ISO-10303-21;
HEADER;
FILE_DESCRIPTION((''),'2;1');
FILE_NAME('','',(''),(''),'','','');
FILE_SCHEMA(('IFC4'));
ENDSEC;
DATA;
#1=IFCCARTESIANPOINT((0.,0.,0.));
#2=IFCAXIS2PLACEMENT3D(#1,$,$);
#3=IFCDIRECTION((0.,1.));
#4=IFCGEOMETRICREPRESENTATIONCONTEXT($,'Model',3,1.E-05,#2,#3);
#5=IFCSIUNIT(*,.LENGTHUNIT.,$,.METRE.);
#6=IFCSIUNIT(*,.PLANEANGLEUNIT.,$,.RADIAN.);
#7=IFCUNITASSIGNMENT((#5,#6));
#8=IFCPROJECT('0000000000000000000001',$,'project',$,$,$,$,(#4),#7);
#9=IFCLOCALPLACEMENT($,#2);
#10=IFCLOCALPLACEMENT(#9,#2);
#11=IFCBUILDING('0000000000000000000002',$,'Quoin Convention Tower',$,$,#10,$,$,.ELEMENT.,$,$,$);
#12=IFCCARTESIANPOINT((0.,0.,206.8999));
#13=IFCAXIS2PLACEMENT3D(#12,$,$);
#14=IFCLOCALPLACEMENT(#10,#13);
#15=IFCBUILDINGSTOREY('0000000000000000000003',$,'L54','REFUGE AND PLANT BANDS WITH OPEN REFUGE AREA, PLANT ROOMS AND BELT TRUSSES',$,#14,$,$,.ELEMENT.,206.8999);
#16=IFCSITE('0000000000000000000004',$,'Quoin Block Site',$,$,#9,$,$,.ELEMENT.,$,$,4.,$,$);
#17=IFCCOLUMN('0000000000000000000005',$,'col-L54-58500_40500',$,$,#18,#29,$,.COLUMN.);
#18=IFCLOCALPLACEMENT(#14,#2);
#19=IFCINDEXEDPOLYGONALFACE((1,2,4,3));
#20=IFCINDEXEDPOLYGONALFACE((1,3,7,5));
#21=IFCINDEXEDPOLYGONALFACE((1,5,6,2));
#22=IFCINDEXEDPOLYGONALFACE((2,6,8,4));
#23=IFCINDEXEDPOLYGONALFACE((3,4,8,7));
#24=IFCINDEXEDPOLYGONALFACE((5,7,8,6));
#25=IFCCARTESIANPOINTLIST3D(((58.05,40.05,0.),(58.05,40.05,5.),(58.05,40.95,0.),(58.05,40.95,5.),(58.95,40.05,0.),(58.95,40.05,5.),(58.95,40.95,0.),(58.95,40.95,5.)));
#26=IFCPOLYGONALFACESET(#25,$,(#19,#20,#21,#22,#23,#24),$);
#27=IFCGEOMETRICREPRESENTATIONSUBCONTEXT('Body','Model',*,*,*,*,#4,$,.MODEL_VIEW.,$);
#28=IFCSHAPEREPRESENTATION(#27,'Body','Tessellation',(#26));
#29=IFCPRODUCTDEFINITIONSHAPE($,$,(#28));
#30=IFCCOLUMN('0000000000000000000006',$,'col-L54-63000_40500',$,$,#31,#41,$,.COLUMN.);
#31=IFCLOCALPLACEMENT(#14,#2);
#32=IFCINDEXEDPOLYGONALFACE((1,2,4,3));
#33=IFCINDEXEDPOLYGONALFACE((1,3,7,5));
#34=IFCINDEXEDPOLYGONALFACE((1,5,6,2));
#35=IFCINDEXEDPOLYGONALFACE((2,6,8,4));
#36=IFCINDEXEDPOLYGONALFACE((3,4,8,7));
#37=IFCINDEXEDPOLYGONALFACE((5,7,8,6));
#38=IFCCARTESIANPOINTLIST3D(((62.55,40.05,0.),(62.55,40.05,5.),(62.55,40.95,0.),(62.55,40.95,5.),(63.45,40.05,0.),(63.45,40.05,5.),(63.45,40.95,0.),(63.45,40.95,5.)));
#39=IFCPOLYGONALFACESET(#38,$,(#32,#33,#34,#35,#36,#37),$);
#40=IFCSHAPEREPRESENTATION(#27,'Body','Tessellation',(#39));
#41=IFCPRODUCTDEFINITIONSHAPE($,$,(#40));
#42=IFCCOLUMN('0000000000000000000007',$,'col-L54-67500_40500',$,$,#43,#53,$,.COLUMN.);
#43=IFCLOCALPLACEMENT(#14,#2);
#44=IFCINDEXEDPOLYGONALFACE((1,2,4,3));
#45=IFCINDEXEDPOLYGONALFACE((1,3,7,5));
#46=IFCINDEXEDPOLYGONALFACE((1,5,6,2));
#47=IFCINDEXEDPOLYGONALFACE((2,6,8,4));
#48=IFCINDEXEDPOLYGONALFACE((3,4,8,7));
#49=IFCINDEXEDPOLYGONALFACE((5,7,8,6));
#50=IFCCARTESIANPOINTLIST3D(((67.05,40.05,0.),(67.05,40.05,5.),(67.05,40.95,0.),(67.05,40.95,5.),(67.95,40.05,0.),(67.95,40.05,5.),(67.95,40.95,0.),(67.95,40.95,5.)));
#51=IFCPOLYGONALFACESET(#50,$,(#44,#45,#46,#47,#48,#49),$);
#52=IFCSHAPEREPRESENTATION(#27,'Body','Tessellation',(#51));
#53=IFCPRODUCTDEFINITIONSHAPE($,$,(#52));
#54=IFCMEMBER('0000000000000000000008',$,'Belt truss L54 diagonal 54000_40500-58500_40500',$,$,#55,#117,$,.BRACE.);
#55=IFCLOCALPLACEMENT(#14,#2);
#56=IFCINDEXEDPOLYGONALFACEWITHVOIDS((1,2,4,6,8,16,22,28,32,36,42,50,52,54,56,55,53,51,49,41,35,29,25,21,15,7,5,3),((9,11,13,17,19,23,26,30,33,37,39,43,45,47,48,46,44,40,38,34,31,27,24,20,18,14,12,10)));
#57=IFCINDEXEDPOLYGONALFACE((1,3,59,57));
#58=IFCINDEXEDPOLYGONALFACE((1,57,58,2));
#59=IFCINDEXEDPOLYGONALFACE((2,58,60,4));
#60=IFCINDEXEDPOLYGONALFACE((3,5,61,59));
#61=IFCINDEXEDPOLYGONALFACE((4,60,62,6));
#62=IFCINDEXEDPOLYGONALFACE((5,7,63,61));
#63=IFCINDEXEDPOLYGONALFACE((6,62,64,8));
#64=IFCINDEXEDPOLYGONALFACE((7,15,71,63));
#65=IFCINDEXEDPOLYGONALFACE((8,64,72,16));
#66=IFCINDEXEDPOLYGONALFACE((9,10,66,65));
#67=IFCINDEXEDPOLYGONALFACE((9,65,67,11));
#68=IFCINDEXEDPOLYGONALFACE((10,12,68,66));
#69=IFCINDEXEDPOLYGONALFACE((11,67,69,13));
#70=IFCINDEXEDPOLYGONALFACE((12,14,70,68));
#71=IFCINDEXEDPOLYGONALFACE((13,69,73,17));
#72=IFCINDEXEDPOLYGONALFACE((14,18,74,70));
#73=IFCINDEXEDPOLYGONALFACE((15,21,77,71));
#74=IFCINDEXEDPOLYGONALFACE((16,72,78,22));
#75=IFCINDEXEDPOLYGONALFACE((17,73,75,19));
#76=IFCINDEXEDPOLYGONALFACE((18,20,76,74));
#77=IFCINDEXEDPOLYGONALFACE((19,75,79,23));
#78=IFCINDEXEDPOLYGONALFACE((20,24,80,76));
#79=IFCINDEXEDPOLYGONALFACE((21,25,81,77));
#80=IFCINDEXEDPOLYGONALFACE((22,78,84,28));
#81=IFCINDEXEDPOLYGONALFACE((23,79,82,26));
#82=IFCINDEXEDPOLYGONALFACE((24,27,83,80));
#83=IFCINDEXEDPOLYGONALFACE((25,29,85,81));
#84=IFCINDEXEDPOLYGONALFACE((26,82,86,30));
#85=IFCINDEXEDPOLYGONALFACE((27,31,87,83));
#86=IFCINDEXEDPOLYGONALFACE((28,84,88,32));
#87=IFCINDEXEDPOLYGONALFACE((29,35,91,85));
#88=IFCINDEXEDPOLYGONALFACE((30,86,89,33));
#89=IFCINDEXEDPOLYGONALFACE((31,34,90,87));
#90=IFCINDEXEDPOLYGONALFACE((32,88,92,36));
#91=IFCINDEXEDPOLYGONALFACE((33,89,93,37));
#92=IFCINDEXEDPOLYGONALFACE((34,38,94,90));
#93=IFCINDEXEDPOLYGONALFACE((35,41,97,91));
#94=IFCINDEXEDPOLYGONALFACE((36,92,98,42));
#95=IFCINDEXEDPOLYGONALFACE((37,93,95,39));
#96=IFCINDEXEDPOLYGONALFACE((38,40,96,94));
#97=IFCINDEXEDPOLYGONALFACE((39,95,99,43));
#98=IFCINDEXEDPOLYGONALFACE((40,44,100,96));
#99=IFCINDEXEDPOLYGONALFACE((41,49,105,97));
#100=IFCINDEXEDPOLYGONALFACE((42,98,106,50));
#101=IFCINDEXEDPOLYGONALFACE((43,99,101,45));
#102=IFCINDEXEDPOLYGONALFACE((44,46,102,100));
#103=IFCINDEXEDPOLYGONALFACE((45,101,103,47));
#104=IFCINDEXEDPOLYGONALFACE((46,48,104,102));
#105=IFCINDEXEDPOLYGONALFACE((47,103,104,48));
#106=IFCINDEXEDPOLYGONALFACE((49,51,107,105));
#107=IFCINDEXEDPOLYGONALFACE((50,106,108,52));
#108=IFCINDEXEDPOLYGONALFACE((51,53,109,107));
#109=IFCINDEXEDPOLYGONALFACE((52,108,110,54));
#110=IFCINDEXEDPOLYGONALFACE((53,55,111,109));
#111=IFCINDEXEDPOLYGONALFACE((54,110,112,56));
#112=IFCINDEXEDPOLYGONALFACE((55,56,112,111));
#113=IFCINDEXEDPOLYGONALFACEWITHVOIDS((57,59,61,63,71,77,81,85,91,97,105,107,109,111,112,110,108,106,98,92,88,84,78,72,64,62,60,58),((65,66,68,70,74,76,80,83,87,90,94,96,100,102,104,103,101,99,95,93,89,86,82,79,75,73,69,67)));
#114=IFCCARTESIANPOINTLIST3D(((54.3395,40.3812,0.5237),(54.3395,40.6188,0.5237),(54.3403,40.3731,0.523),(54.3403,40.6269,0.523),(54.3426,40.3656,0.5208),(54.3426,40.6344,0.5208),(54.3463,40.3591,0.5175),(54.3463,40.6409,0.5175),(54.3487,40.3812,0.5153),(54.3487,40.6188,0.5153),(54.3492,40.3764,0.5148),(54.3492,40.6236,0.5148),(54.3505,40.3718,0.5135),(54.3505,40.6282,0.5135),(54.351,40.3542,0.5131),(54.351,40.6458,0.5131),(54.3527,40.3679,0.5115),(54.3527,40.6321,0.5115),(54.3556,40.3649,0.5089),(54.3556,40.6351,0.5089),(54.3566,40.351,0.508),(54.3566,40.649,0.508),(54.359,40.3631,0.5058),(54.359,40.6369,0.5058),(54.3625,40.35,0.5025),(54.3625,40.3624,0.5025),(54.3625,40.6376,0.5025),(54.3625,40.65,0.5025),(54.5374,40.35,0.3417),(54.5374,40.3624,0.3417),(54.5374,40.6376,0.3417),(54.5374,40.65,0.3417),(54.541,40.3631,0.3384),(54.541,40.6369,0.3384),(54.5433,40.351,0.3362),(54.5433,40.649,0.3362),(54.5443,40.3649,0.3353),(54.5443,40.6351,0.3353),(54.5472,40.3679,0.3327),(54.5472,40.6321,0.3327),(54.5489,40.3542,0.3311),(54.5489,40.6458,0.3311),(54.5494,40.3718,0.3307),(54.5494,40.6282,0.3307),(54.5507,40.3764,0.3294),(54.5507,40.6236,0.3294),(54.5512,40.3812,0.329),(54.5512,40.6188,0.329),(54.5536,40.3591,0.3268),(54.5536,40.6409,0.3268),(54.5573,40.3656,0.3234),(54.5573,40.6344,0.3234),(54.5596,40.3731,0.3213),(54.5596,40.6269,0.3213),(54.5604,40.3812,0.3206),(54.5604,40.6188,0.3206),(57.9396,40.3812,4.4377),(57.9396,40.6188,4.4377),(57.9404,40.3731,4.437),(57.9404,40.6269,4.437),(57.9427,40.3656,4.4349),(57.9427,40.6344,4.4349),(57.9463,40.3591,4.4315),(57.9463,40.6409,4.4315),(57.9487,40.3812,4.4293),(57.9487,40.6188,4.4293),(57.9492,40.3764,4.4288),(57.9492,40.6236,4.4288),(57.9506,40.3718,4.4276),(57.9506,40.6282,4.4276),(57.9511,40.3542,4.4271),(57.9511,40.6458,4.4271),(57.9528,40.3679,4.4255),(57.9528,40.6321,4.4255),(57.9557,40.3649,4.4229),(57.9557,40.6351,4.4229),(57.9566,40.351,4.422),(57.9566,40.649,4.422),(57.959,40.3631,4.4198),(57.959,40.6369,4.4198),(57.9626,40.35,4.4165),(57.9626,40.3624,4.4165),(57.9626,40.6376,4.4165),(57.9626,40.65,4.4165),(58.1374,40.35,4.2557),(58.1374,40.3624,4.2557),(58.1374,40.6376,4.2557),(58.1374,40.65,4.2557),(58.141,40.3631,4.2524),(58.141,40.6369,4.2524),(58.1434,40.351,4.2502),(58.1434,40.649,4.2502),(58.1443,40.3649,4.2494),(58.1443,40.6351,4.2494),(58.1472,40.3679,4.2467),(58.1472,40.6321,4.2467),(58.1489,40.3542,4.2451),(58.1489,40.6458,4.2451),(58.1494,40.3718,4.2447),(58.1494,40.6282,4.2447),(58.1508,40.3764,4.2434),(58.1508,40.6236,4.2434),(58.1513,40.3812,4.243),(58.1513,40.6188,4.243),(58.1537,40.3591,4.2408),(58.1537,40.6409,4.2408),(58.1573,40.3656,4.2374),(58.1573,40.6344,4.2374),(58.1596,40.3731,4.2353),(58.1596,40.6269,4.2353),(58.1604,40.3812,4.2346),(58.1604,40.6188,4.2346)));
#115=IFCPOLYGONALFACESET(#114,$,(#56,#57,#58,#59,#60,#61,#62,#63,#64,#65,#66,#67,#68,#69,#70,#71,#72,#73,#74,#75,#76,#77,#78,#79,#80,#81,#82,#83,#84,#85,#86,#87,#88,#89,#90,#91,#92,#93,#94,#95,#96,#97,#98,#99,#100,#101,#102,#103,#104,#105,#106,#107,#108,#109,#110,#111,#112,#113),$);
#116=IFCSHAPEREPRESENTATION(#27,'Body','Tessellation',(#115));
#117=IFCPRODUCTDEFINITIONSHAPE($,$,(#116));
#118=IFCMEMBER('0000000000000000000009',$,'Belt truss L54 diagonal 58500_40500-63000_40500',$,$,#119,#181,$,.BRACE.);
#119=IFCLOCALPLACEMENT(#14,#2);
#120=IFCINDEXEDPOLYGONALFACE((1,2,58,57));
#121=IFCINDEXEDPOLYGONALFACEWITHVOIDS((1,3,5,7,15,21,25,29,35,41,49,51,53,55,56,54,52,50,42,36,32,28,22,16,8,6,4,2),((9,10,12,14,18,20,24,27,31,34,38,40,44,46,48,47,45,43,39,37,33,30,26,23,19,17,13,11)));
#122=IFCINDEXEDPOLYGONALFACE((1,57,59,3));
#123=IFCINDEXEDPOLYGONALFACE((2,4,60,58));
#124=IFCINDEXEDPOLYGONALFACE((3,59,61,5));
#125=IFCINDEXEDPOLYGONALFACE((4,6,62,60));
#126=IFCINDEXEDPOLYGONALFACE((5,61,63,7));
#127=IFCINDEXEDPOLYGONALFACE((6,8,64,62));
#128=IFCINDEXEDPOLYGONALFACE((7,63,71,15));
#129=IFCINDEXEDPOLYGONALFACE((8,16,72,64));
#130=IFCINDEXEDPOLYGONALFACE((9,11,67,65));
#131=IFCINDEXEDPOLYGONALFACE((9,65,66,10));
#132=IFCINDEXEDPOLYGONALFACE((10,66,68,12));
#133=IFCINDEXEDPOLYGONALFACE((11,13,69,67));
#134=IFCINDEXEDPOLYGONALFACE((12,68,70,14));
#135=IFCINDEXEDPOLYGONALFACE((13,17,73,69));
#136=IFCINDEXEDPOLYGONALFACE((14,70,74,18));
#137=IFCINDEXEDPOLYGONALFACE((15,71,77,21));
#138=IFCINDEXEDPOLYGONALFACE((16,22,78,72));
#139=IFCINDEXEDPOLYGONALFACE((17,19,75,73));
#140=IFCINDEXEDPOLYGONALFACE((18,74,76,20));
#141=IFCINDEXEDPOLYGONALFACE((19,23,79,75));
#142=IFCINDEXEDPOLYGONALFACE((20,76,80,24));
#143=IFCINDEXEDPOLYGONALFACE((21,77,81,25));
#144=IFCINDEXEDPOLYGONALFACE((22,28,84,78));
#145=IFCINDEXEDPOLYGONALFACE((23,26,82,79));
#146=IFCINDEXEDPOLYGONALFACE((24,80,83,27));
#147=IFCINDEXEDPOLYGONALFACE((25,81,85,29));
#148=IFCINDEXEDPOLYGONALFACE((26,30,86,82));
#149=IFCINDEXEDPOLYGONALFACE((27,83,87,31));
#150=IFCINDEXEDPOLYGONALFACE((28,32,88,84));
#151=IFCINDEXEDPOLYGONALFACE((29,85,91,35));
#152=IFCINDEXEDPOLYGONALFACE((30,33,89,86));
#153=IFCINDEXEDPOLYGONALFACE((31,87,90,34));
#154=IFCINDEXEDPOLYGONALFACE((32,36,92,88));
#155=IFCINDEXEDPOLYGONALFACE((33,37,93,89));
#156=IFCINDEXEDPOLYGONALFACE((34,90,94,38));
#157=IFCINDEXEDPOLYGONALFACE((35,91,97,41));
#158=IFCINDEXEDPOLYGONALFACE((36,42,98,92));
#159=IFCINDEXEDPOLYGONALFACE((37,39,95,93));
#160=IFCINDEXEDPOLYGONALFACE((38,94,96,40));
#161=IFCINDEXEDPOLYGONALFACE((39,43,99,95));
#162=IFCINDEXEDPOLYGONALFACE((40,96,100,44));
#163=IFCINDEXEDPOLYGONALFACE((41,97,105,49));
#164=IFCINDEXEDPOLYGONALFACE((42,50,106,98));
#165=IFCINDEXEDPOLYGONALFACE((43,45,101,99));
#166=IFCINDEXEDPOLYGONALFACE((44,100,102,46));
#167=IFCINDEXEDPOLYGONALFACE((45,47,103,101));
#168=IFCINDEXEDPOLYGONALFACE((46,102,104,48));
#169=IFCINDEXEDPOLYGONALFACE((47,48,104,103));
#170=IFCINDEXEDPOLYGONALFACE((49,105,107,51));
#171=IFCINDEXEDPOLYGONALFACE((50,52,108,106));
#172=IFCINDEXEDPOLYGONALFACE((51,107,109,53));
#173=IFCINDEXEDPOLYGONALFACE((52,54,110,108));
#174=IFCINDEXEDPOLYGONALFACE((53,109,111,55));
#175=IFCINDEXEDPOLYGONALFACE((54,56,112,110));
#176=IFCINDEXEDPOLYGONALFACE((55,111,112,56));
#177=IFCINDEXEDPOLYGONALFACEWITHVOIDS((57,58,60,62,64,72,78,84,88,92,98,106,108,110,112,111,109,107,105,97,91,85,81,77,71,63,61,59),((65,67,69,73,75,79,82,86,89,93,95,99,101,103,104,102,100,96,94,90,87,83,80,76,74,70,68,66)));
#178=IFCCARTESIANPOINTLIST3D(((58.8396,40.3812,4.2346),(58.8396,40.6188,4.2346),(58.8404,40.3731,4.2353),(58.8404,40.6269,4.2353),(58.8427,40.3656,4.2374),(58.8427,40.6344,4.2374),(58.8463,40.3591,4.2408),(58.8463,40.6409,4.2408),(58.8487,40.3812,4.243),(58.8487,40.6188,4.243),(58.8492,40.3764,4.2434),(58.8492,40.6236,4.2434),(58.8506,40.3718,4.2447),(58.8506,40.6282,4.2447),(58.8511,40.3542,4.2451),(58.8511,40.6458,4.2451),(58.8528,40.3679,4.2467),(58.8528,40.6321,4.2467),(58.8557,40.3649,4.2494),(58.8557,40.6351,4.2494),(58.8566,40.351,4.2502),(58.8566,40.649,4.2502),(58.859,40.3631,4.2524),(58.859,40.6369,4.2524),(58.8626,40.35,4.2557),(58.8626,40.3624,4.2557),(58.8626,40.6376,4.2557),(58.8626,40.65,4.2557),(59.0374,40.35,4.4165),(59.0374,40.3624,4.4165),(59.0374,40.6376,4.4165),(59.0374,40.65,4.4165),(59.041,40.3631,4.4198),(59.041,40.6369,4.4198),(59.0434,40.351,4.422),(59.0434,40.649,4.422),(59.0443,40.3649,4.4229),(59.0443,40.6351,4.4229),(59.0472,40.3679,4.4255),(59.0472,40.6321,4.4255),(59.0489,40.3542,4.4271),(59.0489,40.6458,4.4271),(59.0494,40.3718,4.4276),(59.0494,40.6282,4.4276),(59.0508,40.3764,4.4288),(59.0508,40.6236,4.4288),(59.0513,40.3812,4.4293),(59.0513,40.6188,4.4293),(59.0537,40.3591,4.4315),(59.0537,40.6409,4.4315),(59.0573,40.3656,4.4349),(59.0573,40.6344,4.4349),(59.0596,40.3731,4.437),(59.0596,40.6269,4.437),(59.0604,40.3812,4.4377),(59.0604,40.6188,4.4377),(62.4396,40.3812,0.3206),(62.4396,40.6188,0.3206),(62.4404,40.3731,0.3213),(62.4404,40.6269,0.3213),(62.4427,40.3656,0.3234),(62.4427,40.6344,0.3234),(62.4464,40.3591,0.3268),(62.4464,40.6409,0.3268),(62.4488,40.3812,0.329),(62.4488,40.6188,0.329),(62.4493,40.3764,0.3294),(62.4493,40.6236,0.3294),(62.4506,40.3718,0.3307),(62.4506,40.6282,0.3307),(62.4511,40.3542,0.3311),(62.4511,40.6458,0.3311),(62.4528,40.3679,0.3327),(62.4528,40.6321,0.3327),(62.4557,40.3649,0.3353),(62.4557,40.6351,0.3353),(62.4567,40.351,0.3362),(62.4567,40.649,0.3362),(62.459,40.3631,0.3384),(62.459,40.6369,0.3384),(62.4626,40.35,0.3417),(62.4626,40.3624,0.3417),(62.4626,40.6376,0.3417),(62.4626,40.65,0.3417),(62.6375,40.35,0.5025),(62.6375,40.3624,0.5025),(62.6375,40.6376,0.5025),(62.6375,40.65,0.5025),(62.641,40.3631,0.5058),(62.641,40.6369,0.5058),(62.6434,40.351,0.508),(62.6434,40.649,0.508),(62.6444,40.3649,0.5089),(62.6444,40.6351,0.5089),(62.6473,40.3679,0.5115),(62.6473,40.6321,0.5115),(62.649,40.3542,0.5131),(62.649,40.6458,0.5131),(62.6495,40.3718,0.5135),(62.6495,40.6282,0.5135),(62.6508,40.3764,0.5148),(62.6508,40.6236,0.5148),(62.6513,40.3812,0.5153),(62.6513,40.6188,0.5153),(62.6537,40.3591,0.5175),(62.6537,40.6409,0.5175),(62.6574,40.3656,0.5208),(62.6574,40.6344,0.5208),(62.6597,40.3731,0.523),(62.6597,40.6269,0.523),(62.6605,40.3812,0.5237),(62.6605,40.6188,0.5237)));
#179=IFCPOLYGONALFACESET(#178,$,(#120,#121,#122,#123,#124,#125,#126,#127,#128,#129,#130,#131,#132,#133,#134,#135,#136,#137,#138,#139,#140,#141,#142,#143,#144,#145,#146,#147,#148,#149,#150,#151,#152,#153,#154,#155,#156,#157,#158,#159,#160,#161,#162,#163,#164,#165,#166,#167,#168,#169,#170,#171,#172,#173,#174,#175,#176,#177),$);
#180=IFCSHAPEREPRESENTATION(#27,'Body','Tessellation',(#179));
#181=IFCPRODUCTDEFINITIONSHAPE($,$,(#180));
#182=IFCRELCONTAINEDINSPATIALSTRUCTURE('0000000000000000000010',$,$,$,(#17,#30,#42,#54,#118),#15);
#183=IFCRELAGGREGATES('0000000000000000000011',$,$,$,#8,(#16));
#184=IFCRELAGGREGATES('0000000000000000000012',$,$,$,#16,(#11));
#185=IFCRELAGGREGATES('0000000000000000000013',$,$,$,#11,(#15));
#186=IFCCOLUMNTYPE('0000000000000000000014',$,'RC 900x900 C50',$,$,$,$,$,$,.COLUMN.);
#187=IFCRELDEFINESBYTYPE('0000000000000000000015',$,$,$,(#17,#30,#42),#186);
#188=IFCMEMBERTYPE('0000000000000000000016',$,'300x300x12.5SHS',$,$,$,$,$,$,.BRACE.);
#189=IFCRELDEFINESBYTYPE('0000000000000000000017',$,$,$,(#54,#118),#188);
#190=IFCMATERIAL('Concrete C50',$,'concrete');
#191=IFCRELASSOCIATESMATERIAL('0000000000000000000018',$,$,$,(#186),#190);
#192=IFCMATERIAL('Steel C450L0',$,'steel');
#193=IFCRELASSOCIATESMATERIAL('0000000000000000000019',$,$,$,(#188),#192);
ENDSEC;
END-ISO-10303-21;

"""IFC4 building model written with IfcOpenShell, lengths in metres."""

from ifc_helpers import new_model, si_unit, direction, frame, origin, origin_2d, place, context, subcontext, project, spatial, rectangle, hollow_rectangle, extrude, material, material_profile, profile_set, type_object, element, save


model = new_model("IFC4")

# Units and contexts
model_context = context("Model", 3, precision=1e-05, world=origin(), true_north=direction((0.0, 1.0)))
body_context = subcontext(model_context, "Body", "Model", "MODEL_VIEW")
ifc_project = project(units=[si_unit("LENGTHUNIT", "METRE"), si_unit("PLANEANGLEUNIT", "RADIAN")], contexts=[model_context])

# Site, building, storey
site_placement = place(None, origin())
site = spatial("IfcSite", under=ifc_project, at=site_placement, Name="Quoin Block Site", CompositionType="ELEMENT", RefElevation=4.0)
building_placement = place(site_placement, origin())
building = spatial("IfcBuilding", under=site, at=building_placement, Name="Quoin Convention Tower", CompositionType="ELEMENT")
storey_placement = place(building_placement, frame((0.0, 0.0, 206.8999)))
storey = spatial("IfcBuildingStorey", under=building, at=storey_placement, Name="L54", Description="REFUGE AND PLANT BANDS WITH OPEN REFUGE AREA, PLANT ROOMS AND BELT TRUSSES", CompositionType="ELEMENT", Elevation=206.8999)

# Columns
ifc_material_1 = material(Name="Concrete C50", Category="concrete")
ifc_material_profile_1 = material_profile(ifc_material_1, rectangle(XDim=0.8999, YDim=0.8999, at=origin_2d()), Name="RC 900x900")
ifc_profile_set_1 = profile_set([ifc_material_profile_1], Name="Concrete C50")
column_type = type_object("IfcColumnType", Name="RC 900x900 C50", PredefinedType="COLUMN", material=ifc_profile_set_1)
for number, where, z_axis, x_axis, name in (
    (1, (58.5, 40.5, 0.0), (0.0, 0.0, 1.0), (1.0, 0.0, 0.0), "col-L54-58500_40500"),
    (2, (63.0, 40.5, 0.0), (0.0, 0.0, 1.0), (1.0, 0.0, 0.0), "col-L54-63000_40500"),
    (3, (67.5, 40.5, 0.0), (0.0, 0.0, 1.0), (1.0, 0.0, 0.0), "col-L54-67500_40500"),
):
    element("IfcColumn", number, at=place(storey_placement, frame(where, z_axis=z_axis, x_axis=x_axis)), inside=storey, type_object=column_type, Name=name, PredefinedType="COLUMN", context=body_context, shape_type="SweptSolid", body=[
        extrude(rectangle(XDim=0.8999, YDim=0.8999, at=origin_2d()), origin(), (0.0, 0.0, 1.0), 5.0),
    ])

# Members
ifc_material_2 = material(Name="Steel C450L0", Category="steel")
ifc_material_profile_2 = material_profile(ifc_material_2, hollow_rectangle(XDim=0.3, YDim=0.3, WallThickness=0.0125, InnerFilletRadius=0.0188, OuterFilletRadius=0.0312, at=origin_2d()), Name="300x300x12.5SHS")
ifc_profile_set_2 = profile_set([ifc_material_profile_2], Name="Steel C450L0")
member_type_1 = type_object("IfcMemberType", Name="300x300x12.5SHS", PredefinedType="BRACE", material=ifc_profile_set_2)
for number, where, z_axis, x_axis, name in (
    (4, (54.45, 40.5, 0.4221), (0.676971, 0.0, 0.73601), (0.0, 1.0, 0.0), "Belt truss L54 diagonal 54000_40500-58500_40500"),
    (5, (62.55, 40.5, 0.4221), (-0.676971, 0.0, 0.73601), (0.0, -1.0, 0.0), "Belt truss L54 diagonal 58500_40500-63000_40500"),
):
    element("IfcMember", number, at=place(storey_placement, frame(where, z_axis=z_axis, x_axis=x_axis)), inside=storey, type_object=member_type_1, Name=name, PredefinedType="BRACE", context=body_context, shape_type="SweptSolid", body=[
        extrude(hollow_rectangle(XDim=0.3, YDim=0.3, WallThickness=0.0125, InnerFilletRadius=0.0188, OuterFilletRadius=0.0312, at=origin_2d()), origin(), (0.0, 0.0, 1.0), 5.3179),
    ])

save(model, "model.ifc")
